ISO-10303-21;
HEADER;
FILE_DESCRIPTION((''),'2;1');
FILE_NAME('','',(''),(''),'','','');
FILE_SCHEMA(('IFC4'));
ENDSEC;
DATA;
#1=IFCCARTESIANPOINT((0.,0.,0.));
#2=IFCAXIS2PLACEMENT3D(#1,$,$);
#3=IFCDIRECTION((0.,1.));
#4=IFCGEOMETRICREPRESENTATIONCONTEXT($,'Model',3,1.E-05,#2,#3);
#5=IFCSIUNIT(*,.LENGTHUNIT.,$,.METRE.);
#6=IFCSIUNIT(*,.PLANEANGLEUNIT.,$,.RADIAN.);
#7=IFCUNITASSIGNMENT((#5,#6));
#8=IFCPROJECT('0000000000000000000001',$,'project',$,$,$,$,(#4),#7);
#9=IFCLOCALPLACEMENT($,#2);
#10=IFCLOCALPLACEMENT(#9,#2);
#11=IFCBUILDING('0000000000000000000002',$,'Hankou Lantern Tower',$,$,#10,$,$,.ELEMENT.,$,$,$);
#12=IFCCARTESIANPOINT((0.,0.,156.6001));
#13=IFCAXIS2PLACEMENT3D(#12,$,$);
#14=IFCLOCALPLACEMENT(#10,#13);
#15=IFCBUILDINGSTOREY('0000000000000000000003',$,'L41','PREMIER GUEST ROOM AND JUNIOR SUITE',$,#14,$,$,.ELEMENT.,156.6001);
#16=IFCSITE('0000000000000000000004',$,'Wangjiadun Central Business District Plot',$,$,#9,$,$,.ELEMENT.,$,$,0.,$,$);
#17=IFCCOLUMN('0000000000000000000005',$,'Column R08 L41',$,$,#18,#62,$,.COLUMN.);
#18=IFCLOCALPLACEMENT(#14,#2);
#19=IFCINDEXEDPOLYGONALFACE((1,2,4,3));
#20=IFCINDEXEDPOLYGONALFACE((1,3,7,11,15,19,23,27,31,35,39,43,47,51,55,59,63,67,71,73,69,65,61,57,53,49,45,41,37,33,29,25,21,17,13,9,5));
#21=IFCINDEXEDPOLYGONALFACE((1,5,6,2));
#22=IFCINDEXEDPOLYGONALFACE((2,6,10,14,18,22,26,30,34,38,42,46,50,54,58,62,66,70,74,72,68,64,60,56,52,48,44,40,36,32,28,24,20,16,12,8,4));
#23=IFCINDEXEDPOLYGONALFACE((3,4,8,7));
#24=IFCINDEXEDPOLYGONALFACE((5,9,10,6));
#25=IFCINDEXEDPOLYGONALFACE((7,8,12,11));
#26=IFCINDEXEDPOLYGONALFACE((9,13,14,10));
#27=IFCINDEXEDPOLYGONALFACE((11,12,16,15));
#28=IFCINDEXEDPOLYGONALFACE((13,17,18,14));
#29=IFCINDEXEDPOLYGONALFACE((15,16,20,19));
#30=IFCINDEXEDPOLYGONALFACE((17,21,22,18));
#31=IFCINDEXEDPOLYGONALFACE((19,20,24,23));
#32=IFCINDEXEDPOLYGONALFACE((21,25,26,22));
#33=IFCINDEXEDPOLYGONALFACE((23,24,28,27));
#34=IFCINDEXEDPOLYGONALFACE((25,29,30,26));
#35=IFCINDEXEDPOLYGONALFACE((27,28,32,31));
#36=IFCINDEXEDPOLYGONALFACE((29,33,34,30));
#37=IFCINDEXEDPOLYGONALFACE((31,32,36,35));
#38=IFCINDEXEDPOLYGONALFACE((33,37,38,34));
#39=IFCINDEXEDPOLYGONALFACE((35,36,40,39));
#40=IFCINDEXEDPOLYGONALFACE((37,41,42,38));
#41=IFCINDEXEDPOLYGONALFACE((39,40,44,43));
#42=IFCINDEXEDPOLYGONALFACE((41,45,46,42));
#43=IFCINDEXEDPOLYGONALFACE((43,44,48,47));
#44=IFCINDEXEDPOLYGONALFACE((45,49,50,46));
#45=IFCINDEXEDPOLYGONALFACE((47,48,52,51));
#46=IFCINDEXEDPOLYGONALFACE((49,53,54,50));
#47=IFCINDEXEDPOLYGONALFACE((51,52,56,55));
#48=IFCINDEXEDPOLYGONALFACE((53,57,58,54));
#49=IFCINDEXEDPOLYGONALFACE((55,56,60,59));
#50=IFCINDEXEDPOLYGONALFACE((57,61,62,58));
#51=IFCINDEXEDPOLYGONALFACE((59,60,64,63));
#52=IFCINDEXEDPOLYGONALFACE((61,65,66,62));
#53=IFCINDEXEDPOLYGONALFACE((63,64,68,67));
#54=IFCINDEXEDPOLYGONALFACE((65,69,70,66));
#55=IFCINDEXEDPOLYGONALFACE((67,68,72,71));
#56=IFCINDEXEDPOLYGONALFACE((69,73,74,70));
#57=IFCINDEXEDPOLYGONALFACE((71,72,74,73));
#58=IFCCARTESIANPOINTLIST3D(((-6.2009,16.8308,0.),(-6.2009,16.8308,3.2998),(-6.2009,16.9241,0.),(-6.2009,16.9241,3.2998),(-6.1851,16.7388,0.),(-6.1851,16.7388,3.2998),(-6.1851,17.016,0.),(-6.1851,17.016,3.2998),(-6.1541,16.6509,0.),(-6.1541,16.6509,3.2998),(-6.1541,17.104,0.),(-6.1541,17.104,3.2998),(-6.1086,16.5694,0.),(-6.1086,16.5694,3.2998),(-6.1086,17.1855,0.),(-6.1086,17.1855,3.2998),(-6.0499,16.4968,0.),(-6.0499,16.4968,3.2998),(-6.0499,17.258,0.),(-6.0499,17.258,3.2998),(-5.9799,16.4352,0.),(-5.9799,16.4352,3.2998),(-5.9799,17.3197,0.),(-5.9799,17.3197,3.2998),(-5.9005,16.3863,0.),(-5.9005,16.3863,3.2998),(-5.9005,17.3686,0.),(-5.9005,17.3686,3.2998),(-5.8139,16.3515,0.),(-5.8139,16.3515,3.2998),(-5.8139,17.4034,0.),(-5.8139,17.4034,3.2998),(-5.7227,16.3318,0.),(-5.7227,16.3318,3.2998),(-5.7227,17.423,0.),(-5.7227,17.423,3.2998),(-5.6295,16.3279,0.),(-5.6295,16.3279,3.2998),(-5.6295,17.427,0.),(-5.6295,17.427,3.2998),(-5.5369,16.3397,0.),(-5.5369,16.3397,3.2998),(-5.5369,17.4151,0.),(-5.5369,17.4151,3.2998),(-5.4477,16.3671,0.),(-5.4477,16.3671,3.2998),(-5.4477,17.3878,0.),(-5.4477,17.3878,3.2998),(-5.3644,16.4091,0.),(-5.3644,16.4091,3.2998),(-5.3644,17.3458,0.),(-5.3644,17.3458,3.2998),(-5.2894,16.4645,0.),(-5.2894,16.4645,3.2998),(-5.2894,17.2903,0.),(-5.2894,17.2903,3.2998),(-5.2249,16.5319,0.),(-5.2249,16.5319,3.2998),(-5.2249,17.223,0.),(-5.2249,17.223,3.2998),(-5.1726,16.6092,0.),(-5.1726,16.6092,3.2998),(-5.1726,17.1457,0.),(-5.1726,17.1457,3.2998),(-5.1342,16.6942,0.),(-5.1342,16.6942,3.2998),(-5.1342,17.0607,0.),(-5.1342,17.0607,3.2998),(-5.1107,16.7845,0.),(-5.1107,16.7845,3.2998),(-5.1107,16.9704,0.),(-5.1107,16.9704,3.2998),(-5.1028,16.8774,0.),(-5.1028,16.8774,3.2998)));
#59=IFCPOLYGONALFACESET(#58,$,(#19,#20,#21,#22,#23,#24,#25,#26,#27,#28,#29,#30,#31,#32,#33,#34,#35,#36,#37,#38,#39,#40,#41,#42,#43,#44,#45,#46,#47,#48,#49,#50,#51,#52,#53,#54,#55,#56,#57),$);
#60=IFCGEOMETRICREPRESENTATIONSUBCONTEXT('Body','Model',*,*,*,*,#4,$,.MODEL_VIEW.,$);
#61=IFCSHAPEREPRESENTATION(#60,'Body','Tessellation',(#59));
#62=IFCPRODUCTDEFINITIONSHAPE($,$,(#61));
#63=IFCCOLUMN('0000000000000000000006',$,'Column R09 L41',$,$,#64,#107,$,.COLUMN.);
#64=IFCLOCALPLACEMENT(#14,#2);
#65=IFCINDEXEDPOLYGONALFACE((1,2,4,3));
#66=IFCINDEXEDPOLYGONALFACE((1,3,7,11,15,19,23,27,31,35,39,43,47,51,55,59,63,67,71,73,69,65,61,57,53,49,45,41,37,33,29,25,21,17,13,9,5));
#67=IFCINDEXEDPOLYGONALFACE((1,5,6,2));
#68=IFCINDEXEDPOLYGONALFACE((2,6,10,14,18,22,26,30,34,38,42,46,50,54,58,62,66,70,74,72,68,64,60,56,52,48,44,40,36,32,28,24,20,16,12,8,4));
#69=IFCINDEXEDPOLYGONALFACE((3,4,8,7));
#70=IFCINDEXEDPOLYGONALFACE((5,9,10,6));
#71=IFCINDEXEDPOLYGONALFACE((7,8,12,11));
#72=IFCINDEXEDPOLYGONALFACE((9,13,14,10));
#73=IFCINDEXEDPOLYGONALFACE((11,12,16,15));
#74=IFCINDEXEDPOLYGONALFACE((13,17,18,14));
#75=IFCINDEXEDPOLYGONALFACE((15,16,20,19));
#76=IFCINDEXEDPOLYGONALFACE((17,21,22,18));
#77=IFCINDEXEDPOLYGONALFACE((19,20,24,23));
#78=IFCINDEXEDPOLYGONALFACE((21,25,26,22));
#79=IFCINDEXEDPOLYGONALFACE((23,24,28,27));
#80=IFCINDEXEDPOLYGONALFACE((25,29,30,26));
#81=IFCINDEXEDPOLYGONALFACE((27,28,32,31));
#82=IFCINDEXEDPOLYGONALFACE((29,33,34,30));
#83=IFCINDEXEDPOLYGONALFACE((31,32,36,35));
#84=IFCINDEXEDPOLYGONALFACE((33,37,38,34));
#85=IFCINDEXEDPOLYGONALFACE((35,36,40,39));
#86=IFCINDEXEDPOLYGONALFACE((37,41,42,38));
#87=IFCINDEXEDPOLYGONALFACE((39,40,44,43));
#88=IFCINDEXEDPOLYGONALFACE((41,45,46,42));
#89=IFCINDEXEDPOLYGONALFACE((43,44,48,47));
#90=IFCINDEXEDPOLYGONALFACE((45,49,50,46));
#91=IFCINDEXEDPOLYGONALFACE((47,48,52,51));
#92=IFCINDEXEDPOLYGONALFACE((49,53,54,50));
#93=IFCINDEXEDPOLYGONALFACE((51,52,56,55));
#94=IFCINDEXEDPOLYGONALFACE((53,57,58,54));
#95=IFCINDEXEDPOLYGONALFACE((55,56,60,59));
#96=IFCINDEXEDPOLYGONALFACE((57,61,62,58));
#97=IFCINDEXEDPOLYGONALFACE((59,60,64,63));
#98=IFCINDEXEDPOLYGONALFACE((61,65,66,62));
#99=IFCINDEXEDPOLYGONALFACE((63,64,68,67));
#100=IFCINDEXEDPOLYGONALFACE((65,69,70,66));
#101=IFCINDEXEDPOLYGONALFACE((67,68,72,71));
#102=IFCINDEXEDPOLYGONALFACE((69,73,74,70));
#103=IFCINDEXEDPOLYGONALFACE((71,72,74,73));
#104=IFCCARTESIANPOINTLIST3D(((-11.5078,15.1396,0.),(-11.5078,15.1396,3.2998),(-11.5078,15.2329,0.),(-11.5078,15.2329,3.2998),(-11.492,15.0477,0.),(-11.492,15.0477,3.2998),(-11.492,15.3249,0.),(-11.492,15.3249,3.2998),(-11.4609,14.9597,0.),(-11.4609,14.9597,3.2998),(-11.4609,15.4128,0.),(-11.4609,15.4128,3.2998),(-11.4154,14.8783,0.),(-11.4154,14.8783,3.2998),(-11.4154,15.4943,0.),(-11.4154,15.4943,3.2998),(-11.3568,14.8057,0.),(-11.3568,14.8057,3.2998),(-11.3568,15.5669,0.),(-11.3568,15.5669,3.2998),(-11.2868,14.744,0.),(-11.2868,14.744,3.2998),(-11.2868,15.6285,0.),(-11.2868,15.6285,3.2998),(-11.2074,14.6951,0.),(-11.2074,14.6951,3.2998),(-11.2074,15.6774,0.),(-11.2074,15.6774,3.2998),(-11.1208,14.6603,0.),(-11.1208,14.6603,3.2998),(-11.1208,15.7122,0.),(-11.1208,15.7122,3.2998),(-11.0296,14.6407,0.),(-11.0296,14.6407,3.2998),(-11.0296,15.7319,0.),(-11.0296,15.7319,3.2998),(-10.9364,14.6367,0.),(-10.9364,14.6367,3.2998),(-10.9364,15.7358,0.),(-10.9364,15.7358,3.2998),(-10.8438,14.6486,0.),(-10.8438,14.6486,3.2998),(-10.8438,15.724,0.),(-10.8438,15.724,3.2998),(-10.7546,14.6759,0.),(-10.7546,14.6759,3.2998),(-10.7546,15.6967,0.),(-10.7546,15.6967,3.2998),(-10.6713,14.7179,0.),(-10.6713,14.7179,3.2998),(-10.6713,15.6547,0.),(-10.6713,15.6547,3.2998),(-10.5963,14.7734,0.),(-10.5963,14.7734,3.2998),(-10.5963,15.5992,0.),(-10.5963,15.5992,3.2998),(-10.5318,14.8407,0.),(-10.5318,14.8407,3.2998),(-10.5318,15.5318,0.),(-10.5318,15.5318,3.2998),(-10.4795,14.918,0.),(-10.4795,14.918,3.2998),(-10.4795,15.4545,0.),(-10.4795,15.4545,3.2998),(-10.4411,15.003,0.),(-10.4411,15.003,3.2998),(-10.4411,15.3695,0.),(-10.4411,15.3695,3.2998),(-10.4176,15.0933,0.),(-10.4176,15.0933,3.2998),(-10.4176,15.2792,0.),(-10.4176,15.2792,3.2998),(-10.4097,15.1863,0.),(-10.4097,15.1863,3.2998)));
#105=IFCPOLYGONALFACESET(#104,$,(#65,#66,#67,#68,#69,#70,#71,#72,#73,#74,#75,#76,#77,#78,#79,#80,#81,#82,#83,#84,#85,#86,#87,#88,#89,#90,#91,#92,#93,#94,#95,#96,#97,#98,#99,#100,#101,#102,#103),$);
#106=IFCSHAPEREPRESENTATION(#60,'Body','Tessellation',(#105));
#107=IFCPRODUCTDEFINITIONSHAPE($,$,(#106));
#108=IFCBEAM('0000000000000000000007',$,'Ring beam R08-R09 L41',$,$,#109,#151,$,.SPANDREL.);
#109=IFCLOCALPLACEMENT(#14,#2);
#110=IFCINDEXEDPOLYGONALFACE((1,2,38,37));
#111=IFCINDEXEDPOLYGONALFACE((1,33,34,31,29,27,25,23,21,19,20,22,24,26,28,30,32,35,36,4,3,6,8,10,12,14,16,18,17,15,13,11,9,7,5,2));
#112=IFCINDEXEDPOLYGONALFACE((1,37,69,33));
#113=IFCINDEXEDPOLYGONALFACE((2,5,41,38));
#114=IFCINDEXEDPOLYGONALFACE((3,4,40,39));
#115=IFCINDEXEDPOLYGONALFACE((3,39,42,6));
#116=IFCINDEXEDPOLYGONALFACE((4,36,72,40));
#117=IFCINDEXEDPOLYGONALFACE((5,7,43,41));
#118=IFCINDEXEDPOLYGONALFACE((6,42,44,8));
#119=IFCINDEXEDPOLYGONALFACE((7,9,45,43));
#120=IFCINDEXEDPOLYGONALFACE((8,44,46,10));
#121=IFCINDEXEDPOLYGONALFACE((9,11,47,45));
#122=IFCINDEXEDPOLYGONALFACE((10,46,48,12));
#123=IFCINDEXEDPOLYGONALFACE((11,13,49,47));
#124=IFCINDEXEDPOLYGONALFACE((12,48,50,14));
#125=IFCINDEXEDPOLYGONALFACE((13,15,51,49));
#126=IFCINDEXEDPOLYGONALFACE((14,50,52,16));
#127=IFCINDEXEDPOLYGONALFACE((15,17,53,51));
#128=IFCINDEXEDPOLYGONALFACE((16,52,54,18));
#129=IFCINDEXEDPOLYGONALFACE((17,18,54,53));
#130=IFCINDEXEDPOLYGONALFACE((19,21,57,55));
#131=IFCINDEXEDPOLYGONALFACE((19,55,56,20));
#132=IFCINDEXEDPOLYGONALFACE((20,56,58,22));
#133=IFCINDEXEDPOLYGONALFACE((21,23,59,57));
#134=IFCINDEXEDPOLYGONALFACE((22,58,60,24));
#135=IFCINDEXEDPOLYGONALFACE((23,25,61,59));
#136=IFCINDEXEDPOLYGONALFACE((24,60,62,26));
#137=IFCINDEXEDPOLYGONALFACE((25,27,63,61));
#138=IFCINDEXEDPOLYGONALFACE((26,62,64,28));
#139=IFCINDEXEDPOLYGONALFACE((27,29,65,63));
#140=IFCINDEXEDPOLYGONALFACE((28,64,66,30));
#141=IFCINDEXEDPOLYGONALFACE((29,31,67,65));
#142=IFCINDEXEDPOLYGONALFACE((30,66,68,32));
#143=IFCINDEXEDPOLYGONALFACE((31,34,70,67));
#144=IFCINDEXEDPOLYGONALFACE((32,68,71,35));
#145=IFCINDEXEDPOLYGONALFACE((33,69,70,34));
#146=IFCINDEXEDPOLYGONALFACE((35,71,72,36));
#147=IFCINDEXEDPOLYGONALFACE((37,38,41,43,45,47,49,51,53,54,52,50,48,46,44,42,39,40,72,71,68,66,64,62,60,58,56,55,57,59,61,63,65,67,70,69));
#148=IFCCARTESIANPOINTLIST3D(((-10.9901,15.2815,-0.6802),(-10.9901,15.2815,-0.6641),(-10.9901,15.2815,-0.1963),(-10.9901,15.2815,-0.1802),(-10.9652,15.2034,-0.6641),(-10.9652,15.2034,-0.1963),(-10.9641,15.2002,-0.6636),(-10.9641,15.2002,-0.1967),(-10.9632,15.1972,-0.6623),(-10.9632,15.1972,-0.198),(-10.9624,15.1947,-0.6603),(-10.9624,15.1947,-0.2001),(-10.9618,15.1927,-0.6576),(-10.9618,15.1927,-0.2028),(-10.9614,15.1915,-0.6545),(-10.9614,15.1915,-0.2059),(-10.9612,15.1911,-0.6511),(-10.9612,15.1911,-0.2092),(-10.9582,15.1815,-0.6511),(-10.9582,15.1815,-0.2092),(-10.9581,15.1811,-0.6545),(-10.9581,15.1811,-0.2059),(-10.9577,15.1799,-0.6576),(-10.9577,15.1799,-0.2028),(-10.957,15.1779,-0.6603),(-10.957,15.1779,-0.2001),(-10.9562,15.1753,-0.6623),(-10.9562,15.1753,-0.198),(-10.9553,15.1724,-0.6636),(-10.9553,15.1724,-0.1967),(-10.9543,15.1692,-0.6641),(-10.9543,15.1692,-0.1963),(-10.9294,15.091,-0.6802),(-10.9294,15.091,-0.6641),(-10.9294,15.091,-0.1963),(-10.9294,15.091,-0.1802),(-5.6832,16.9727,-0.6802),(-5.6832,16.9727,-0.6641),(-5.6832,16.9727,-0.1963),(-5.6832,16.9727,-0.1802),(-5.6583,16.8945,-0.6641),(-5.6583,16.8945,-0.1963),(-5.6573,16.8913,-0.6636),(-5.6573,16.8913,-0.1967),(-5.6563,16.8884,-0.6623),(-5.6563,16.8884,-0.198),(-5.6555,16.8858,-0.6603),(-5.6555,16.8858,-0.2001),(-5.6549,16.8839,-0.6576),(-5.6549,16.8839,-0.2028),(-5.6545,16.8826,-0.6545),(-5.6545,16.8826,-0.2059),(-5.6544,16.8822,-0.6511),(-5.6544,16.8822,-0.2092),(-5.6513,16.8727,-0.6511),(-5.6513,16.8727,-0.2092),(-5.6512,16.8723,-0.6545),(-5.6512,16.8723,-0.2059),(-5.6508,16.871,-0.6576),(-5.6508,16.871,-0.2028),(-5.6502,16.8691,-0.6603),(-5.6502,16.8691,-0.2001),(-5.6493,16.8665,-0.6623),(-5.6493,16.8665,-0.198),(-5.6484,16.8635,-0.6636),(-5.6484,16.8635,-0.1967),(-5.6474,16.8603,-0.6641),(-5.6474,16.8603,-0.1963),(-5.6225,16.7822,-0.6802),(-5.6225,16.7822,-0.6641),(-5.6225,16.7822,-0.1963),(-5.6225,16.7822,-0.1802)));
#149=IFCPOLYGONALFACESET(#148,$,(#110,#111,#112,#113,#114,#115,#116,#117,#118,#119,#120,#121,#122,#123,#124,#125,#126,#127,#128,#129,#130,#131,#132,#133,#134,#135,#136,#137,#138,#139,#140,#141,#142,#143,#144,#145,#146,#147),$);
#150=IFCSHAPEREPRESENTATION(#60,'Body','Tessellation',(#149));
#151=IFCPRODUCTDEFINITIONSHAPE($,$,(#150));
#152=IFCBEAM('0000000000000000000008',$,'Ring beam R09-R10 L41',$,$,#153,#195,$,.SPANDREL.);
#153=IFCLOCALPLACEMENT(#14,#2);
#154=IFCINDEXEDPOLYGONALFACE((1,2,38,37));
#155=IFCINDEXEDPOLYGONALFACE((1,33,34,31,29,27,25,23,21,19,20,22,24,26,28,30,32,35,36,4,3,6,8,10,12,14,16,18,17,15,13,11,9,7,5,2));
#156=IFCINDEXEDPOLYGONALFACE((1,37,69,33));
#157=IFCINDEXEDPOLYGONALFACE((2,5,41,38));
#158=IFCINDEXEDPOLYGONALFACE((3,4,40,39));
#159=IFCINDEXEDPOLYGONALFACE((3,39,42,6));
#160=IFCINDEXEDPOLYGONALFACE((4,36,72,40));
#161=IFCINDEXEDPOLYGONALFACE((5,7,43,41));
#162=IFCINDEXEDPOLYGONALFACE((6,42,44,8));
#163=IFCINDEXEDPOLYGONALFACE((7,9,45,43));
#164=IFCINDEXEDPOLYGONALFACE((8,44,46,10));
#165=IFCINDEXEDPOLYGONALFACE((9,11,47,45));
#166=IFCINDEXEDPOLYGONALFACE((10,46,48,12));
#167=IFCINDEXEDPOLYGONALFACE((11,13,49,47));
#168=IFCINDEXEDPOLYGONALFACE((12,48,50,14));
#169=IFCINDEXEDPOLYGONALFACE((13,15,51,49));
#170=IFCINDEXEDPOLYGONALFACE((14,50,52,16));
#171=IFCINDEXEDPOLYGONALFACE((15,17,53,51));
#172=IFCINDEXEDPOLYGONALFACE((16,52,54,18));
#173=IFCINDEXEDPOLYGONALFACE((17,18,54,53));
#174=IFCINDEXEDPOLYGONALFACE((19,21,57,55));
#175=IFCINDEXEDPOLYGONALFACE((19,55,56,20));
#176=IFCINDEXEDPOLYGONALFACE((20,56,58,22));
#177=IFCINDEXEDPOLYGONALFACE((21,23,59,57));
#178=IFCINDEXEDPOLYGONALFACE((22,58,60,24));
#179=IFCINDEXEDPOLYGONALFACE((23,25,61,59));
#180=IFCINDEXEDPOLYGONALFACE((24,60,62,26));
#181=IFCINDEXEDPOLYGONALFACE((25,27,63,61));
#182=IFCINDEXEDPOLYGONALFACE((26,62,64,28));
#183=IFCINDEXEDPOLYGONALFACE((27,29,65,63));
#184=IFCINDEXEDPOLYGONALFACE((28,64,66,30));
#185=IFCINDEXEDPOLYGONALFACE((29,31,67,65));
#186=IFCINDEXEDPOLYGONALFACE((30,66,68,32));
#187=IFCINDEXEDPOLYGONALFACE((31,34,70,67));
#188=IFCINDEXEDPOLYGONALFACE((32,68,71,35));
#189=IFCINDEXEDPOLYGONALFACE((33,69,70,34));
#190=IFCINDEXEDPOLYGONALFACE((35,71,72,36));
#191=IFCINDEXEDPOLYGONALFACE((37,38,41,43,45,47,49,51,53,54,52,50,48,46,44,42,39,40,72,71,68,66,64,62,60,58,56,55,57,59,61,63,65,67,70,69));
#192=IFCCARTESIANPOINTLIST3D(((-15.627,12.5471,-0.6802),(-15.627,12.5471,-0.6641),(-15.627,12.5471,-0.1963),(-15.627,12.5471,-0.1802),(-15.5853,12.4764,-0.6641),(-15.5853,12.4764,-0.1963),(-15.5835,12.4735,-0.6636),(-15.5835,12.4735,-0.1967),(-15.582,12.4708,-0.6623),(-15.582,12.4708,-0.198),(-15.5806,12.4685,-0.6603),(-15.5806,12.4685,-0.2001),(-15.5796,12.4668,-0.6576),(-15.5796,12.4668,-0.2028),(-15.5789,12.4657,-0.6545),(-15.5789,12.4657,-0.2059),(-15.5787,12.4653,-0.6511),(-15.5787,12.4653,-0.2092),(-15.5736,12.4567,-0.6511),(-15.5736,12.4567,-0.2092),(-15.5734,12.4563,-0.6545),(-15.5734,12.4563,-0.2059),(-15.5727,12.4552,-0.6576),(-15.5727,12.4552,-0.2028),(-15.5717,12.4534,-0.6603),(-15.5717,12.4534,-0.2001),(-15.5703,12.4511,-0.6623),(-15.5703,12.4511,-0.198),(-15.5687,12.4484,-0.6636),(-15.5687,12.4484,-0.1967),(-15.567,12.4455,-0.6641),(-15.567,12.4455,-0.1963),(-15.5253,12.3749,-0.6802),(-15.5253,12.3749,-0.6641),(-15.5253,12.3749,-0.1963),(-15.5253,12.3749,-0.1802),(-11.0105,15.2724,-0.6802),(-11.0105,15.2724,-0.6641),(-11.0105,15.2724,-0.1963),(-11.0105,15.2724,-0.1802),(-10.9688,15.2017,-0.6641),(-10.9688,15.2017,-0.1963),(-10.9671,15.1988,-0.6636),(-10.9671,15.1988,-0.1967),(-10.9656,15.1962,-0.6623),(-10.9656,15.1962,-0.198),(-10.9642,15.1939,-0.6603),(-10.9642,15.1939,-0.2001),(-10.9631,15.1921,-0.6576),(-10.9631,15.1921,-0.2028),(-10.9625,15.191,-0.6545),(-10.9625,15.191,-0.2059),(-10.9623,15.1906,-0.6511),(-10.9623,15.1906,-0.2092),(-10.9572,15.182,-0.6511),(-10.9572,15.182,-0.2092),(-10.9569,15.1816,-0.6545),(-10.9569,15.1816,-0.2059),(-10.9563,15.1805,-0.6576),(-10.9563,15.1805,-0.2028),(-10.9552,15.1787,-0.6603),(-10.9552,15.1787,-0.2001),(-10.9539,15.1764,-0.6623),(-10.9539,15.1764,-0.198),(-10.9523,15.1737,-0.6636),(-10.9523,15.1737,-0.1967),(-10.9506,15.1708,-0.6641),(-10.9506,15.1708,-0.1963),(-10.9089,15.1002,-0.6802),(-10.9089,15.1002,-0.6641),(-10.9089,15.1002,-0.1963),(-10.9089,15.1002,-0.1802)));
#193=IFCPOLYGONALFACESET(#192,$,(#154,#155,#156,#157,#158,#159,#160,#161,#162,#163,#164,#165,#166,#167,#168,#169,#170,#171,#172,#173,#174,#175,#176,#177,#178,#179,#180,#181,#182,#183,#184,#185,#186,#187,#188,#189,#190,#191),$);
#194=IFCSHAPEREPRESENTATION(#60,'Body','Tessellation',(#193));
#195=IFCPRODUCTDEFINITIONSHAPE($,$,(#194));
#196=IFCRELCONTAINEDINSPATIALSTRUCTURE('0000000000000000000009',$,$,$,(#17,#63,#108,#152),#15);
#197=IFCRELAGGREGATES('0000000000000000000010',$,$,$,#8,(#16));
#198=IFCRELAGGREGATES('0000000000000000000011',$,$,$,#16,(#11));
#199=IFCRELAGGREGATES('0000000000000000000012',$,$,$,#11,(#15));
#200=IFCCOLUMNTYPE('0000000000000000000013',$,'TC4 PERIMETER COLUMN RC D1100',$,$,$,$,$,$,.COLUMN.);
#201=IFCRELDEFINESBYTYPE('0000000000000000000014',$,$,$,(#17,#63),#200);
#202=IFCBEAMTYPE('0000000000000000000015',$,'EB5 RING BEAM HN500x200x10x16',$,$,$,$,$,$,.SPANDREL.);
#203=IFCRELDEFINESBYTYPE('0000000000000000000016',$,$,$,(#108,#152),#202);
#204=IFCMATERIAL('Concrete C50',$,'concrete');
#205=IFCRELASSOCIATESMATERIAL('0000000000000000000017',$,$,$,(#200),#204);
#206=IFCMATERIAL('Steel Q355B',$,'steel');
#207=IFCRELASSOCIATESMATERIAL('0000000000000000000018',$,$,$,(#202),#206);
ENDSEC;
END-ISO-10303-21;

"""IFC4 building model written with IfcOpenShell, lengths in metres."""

from ifc_helpers import new_model, si_unit, direction, frame, origin, origin_2d, place, context, subcontext, project, spatial, circle, i_section, extrude, material, material_profile, profile_set, type_object, element, save


model = new_model("IFC4")

# Units and contexts
model_context = context("Model", 3, precision=1e-05, world=origin(), true_north=direction((0.0, 1.0)))
body_context = subcontext(model_context, "Body", "Model", "MODEL_VIEW")
ifc_project = project(units=[si_unit("LENGTHUNIT", "METRE"), si_unit("PLANEANGLEUNIT", "RADIAN")], contexts=[model_context])

# Site, building, storey
site_placement = place(None, origin())
site = spatial("IfcSite", under=ifc_project, at=site_placement, Name="Wangjiadun Central Business District Plot", CompositionType="ELEMENT", RefElevation=0.0)
building_placement = place(site_placement, origin())
building = spatial("IfcBuilding", under=site, at=building_placement, Name="Hankou Lantern Tower", CompositionType="ELEMENT")
storey_placement = place(building_placement, frame((0.0, 0.0, 156.6001)))
storey = spatial("IfcBuildingStorey", under=building, at=storey_placement, Name="L41", Description="PREMIER GUEST ROOM AND JUNIOR SUITE", CompositionType="ELEMENT", Elevation=156.6001)

# Columns
ifc_material_1 = material(Name="Concrete C50", Category="concrete")
ifc_material_profile_1 = material_profile(ifc_material_1, circle(Radius=0.55, at=origin_2d()), Name="RC D1100")
ifc_profile_set_1 = profile_set([ifc_material_profile_1], Name="Concrete C50")
column_type = type_object("IfcColumnType", Name="TC4 PERIMETER COLUMN RC D1100", PredefinedType="COLUMN", material=ifc_profile_set_1)
for number, where, z_axis, x_axis, name in (
    (1, (-5.6528, 16.8774, 0.0), (0.0, 0.0, 1.0), (1.0, 0.0, 0.0), "Column R08 L41"),
    (2, (-10.9597, 15.1863, 0.0), (0.0, 0.0, 1.0), (1.0, 0.0, 0.0), "Column R09 L41"),
):
    element("IfcColumn", number, at=place(storey_placement, frame(where, z_axis=z_axis, x_axis=x_axis)), inside=storey, type_object=column_type, Name=name, PredefinedType="COLUMN", context=body_context, shape_type="SweptSolid", body=[
        extrude(circle(Radius=0.55, at=origin_2d()), origin(), (0.0, 0.0, 1.0), 3.2998),
    ])

# Beams
ifc_material_2 = material(Name="Steel Q355B", Category="steel")
ifc_material_profile_2 = material_profile(ifc_material_2, i_section(OverallWidth=0.2, OverallDepth=0.5, WebThickness=0.01, FlangeThickness=0.0161, FilletRadius=0.0129, at=origin_2d()), Name="HN500x200x10x16")
ifc_profile_set_2 = profile_set([ifc_material_profile_2], Name="Steel Q355B")
beam_type_1 = type_object("IfcBeamType", Name="EB5 RING BEAM HN500x200x10x16", PredefinedType="SPANDREL", material=ifc_profile_set_2)
beam_1_placement = place(storey_placement, frame((-5.6528, 16.8774, -0.4302), z_axis=(-0.95279, -0.303629, 0.0), x_axis=(0.303629, -0.95279, 0.0)))
element("IfcBeam", 3, at=beam_1_placement, inside=storey, type_object=beam_type_1, Name="Ring beam R08-R09 L41", PredefinedType="SPANDREL", context=body_context, shape_type="SweptSolid", body=[
    extrude(i_section(OverallWidth=0.2, OverallDepth=0.5, WebThickness=0.01, FlangeThickness=0.0161, FilletRadius=0.0129, at=origin_2d()), origin(), (0.0, 0.0, 1.0), 5.5698),
])
beam_2_placement = place(storey_placement, frame((-10.9597, 15.1863, -0.4302), z_axis=(-0.861136, -0.508375, 0.0), x_axis=(0.508375, -0.861136, 0.0)))
element("IfcBeam", 4, at=beam_2_placement, inside=storey, type_object=beam_type_1, Name="Ring beam R09-R10 L41", PredefinedType="SPANDREL", context=body_context, shape_type="SweptSolid", body=[
    extrude(i_section(OverallWidth=0.2, OverallDepth=0.5, WebThickness=0.01, FlangeThickness=0.0161, FilletRadius=0.0129, at=origin_2d()), origin(), (0.0, 0.0, 1.0), 5.3608),
])

save(model, "model.ifc")
